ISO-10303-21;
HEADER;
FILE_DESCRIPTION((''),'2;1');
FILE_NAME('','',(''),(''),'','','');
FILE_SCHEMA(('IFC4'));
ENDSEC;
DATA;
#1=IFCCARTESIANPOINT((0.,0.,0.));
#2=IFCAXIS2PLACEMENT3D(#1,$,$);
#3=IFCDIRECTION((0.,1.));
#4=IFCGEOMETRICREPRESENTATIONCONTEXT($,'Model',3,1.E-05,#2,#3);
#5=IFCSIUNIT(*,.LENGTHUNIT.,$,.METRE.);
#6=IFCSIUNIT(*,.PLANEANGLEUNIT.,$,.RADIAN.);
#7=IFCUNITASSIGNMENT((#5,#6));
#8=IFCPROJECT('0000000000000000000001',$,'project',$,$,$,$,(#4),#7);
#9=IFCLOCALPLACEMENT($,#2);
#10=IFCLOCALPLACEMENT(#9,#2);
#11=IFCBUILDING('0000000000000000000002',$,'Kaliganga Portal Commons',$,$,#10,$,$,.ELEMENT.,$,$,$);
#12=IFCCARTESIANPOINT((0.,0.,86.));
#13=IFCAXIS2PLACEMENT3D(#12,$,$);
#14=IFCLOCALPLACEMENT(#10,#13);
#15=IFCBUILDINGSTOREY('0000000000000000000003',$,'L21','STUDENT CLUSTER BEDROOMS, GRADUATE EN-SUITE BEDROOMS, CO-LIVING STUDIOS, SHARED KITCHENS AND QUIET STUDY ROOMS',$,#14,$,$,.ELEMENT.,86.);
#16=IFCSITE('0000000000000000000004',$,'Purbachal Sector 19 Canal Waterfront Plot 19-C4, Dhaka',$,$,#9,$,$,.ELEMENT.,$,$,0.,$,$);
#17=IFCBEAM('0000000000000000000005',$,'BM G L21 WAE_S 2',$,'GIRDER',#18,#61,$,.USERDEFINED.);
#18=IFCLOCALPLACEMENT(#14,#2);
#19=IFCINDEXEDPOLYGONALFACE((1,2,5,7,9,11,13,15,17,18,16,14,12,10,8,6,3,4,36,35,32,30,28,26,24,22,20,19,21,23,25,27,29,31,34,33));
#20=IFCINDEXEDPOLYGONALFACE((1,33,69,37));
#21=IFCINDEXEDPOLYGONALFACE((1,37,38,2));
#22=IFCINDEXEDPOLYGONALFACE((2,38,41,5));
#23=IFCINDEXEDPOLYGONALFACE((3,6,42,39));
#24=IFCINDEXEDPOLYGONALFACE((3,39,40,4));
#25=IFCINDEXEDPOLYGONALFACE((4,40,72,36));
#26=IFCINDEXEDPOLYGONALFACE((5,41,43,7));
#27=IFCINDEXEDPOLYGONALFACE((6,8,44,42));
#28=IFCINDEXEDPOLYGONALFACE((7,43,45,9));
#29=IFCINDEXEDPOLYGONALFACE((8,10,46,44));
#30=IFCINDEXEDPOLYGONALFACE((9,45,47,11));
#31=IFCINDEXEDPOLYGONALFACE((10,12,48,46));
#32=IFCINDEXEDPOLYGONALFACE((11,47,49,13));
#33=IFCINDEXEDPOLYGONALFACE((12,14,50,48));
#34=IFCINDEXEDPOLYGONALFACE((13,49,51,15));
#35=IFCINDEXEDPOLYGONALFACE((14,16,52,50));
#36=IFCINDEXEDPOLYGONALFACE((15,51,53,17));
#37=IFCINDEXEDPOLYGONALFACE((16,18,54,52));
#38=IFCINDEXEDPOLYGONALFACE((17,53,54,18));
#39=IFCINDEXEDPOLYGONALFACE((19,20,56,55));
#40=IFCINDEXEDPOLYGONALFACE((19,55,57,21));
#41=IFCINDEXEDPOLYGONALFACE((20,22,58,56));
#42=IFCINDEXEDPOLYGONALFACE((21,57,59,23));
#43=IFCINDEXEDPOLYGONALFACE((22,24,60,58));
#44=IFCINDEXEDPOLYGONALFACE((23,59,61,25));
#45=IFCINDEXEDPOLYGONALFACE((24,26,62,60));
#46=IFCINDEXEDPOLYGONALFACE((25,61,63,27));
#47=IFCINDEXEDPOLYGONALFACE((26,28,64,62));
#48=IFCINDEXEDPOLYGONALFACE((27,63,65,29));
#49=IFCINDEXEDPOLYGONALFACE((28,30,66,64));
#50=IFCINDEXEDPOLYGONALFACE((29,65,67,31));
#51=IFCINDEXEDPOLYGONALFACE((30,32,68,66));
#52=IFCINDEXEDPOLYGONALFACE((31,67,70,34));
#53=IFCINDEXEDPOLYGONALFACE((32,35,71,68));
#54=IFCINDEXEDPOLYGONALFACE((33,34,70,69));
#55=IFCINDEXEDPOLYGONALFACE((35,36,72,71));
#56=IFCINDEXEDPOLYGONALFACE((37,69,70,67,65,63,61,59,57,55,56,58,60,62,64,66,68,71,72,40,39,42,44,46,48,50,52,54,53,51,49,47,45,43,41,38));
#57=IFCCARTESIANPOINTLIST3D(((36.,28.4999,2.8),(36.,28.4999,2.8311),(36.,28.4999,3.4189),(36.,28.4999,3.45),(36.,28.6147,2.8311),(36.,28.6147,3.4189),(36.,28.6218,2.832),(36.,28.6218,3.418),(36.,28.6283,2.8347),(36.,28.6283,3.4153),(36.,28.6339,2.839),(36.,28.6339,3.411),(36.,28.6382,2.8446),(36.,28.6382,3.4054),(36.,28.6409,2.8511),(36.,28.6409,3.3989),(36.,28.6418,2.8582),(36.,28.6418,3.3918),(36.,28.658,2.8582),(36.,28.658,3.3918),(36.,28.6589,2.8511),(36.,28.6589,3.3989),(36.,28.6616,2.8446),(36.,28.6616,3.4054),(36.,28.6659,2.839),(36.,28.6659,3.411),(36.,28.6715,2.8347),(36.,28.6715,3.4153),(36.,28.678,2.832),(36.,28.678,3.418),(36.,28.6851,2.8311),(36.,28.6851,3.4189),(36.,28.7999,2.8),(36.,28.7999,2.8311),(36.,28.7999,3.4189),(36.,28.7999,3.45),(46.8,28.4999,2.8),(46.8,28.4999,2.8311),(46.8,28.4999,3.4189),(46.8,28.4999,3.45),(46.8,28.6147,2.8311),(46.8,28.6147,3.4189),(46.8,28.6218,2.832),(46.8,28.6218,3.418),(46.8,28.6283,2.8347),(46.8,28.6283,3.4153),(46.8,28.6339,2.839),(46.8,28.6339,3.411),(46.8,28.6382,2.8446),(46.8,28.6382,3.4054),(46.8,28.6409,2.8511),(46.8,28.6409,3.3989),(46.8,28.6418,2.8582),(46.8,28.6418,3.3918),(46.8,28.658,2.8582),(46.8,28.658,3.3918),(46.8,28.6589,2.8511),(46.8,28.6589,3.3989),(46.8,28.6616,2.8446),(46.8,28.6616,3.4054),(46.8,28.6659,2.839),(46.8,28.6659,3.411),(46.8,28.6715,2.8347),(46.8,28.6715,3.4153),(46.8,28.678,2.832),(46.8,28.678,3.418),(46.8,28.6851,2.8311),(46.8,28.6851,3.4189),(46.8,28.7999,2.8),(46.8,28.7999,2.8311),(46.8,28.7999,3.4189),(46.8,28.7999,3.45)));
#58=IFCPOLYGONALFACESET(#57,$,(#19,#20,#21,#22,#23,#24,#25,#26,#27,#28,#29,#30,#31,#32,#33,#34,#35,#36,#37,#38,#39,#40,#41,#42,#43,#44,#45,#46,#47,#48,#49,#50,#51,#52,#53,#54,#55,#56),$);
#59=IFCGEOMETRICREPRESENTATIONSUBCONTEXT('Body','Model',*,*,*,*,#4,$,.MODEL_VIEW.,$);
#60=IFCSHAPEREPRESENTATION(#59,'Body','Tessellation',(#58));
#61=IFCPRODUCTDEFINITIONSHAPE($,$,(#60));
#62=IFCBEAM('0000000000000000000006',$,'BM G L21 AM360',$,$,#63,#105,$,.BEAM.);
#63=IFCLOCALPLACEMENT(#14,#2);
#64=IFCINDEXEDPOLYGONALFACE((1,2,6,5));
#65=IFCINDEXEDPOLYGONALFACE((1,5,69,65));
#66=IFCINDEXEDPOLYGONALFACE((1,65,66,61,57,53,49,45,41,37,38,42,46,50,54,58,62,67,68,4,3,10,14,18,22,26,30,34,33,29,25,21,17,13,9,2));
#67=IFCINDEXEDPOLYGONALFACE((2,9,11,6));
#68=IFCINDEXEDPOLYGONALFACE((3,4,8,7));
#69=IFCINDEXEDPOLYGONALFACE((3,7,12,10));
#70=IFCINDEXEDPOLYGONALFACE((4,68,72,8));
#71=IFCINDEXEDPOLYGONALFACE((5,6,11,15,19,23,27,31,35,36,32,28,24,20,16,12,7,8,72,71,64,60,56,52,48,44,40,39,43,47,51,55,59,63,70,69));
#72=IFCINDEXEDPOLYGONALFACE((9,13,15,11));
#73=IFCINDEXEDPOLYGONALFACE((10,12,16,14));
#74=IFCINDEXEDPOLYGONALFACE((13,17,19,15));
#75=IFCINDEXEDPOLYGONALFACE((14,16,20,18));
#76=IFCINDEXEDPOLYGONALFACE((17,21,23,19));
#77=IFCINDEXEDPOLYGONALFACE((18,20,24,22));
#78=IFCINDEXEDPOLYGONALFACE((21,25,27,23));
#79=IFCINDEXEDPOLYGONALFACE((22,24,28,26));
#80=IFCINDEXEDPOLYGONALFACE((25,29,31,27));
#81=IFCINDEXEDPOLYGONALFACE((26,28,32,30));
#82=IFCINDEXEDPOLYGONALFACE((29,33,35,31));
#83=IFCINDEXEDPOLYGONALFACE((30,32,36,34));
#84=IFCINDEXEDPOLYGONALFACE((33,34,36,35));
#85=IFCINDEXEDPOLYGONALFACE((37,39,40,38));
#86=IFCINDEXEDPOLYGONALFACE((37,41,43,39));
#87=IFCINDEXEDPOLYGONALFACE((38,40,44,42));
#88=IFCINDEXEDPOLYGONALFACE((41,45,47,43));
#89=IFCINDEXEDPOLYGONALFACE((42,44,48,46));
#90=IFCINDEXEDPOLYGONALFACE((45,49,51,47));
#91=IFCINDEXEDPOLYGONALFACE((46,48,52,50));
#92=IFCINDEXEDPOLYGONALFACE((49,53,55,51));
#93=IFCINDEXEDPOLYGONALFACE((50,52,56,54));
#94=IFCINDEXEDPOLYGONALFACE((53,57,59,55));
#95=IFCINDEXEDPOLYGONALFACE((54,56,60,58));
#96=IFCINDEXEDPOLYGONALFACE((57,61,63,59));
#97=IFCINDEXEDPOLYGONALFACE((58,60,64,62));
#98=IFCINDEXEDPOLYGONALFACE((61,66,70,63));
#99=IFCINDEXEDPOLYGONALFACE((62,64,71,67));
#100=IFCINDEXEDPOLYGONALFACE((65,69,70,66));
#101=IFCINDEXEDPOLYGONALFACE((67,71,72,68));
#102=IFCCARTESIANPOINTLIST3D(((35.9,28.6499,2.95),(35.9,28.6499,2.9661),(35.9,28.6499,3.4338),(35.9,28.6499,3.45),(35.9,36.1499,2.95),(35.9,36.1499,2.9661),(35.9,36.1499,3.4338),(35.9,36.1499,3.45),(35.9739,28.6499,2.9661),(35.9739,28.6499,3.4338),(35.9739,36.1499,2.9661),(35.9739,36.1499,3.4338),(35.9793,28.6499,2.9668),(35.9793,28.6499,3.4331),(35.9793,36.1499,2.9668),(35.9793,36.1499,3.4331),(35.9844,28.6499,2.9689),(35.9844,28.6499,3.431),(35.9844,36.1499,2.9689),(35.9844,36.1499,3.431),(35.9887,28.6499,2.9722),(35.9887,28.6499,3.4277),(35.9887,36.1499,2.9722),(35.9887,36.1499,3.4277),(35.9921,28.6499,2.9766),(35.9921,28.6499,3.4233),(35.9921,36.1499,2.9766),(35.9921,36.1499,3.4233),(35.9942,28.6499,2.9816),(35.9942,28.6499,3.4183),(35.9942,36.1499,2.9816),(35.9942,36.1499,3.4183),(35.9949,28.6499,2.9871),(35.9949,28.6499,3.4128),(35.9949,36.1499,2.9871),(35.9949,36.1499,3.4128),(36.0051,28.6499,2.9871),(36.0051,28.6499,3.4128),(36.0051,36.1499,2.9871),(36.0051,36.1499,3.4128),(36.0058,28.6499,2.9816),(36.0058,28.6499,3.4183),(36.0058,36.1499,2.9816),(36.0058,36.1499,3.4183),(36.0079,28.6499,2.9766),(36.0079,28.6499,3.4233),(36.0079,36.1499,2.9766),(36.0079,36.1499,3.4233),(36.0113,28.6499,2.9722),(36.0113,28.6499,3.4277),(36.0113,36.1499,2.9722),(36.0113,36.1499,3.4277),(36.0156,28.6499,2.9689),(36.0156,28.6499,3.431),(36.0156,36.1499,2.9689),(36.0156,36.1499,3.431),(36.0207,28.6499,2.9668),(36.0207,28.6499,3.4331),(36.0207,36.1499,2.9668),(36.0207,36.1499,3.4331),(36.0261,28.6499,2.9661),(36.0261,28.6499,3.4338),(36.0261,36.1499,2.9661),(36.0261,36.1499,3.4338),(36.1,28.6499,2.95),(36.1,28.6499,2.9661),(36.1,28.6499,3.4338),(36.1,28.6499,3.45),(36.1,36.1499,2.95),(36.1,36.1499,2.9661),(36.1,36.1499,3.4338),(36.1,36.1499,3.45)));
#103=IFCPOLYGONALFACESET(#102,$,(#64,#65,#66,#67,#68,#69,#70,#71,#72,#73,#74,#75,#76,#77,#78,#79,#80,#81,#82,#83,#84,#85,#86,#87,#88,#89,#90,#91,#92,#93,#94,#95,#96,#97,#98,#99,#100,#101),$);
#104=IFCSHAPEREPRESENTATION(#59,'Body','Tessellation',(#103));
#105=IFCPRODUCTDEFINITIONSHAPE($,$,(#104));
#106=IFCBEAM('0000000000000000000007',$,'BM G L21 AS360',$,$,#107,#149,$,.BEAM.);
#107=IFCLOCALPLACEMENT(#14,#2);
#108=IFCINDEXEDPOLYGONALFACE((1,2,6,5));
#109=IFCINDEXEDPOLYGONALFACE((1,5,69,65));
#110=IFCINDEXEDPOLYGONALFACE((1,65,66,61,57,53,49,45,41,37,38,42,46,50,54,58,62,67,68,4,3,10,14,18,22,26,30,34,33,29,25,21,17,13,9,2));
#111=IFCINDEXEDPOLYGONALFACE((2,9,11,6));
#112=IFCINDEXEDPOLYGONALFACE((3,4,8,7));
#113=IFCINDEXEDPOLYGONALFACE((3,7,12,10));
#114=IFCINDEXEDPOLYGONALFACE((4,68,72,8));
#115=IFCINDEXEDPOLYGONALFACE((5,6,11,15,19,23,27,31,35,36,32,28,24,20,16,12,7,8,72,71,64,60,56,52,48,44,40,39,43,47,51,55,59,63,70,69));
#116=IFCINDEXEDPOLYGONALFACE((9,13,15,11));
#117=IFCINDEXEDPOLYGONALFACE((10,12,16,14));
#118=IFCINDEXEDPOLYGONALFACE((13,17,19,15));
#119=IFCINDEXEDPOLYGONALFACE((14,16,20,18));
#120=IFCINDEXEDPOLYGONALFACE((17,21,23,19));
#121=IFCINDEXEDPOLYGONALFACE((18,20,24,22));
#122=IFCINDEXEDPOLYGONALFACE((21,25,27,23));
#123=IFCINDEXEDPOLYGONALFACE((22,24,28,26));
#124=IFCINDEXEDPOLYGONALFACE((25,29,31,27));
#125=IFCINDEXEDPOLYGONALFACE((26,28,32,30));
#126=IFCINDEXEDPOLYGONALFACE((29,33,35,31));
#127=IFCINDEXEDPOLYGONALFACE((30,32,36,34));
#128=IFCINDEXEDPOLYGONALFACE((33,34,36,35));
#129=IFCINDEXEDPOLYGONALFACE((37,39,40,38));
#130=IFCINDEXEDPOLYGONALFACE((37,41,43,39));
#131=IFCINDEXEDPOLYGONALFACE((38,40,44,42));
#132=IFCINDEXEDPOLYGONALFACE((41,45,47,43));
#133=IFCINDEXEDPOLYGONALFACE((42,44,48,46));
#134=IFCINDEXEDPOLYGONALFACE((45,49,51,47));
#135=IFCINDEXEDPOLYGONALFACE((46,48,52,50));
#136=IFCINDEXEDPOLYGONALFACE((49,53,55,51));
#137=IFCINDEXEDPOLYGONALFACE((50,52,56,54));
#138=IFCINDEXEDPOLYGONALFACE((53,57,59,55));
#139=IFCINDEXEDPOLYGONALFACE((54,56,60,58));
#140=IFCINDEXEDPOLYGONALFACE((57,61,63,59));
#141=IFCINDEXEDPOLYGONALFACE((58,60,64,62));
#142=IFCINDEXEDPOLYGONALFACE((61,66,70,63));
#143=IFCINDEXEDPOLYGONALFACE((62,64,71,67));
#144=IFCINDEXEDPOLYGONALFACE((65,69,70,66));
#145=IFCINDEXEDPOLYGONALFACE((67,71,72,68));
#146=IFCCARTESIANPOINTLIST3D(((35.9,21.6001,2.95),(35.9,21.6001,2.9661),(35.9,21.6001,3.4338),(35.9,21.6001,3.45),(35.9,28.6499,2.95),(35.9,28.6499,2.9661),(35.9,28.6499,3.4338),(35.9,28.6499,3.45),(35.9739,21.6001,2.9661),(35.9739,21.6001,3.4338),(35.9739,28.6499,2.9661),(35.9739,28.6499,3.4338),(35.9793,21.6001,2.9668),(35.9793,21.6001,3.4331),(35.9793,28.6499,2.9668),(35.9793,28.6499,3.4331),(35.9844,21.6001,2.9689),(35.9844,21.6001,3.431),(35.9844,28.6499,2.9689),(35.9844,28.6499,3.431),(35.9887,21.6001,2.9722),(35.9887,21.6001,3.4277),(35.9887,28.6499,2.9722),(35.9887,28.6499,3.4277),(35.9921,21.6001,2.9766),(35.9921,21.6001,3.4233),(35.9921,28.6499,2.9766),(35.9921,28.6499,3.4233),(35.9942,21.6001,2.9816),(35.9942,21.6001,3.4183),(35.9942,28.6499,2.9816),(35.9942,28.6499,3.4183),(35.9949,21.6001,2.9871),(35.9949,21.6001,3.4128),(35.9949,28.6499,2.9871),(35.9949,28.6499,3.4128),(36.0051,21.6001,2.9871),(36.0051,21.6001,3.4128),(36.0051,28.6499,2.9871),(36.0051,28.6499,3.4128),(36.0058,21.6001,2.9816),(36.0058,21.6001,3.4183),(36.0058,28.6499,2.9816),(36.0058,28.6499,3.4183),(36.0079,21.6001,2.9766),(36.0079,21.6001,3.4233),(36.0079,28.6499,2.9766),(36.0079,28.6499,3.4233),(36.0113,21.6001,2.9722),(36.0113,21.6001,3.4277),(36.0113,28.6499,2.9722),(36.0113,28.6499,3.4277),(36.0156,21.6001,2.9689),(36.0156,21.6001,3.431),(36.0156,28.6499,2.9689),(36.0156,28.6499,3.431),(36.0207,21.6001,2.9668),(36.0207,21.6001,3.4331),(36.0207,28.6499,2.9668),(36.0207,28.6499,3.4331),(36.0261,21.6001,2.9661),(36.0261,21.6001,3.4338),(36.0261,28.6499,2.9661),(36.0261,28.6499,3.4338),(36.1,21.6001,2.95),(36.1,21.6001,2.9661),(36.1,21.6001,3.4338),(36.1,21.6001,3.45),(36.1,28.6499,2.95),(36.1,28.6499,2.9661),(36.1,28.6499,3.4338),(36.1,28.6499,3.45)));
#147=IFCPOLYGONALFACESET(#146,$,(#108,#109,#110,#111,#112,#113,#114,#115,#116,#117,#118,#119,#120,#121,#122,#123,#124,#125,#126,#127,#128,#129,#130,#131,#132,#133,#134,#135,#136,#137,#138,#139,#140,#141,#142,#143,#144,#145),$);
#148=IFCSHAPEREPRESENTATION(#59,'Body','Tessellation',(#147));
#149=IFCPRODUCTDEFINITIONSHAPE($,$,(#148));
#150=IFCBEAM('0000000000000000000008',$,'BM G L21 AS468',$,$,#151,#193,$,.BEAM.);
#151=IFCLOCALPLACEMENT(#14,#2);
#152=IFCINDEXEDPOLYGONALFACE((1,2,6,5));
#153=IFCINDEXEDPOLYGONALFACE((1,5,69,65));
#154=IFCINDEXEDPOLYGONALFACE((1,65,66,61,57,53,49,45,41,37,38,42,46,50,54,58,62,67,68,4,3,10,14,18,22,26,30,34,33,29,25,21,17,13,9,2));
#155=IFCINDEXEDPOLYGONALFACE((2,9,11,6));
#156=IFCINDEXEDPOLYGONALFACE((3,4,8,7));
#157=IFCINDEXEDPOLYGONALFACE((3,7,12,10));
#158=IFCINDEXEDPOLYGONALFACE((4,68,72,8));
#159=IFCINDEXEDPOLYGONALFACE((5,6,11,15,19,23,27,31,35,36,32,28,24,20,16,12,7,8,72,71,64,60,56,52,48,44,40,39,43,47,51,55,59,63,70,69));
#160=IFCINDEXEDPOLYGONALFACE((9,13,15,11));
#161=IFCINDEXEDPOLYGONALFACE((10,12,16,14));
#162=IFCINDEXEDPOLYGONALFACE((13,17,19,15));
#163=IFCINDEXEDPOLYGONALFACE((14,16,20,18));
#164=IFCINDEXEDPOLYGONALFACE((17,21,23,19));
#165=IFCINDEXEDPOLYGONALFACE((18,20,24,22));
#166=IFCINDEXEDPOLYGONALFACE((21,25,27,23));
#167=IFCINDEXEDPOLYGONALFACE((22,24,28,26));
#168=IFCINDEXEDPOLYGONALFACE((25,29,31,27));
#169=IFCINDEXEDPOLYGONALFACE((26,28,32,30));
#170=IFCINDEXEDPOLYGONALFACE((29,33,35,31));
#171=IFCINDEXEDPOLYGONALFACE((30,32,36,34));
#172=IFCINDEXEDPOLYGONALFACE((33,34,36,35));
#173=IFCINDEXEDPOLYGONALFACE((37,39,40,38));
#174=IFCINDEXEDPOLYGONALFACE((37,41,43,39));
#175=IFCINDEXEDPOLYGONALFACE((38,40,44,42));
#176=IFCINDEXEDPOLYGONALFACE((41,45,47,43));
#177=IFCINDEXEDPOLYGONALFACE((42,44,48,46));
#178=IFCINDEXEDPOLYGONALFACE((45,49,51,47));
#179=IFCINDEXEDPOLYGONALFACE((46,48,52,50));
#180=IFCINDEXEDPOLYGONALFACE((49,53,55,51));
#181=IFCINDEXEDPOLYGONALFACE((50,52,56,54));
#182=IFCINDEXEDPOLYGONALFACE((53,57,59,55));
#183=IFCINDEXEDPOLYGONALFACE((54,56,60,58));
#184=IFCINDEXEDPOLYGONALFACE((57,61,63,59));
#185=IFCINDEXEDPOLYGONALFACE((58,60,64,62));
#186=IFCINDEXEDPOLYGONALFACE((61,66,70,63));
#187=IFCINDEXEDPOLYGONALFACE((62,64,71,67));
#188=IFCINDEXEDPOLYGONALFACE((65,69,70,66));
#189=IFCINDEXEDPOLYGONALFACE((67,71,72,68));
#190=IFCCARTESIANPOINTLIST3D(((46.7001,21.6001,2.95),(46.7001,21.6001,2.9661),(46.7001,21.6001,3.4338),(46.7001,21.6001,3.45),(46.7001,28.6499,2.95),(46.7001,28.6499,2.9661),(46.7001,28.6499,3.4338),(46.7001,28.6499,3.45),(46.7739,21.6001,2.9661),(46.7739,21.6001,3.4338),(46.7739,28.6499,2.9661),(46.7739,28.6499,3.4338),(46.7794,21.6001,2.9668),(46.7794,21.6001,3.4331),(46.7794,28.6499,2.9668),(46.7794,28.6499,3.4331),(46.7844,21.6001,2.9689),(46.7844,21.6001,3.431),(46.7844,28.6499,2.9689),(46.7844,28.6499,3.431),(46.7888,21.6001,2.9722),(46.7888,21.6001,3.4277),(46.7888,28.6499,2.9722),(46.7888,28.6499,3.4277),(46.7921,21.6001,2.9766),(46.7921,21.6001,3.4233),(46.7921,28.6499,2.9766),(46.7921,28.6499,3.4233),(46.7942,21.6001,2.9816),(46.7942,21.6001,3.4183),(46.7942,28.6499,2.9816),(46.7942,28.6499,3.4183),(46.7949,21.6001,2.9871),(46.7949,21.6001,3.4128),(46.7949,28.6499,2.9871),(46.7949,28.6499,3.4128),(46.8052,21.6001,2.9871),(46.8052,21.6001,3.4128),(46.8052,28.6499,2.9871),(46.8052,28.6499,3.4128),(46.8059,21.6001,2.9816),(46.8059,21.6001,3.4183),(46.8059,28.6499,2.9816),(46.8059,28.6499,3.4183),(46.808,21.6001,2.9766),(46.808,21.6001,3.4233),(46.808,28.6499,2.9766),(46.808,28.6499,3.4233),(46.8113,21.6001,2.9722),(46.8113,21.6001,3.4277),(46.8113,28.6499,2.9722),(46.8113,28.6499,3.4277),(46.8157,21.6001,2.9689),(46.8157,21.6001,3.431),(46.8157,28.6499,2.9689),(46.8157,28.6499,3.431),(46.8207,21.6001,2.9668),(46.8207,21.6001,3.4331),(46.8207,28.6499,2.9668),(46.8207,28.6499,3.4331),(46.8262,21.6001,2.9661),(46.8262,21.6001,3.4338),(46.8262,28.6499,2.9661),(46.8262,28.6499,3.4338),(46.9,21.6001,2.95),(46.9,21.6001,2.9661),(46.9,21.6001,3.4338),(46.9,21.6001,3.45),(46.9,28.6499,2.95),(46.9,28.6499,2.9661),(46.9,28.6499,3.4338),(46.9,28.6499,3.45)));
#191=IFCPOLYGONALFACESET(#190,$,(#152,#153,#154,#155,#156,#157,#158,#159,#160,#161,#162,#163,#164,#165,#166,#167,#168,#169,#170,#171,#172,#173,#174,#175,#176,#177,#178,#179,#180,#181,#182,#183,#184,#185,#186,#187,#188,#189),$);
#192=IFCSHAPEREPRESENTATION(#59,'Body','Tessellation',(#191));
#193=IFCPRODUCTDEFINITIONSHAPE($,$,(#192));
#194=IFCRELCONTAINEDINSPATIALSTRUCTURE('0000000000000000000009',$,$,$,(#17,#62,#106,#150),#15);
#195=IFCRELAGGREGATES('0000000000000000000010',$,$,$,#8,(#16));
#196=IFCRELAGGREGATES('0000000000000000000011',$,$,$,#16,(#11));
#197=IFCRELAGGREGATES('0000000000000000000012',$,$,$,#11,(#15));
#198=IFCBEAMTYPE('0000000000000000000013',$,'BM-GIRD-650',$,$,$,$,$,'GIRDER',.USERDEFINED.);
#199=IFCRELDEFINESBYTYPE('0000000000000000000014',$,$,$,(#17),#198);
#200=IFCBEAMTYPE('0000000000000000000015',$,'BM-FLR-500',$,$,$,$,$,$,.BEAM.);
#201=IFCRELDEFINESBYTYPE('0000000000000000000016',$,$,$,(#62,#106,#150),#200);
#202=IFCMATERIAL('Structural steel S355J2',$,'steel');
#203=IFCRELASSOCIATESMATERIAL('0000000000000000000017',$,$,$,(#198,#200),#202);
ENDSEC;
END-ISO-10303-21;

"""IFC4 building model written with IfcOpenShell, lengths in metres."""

from ifc_helpers import new_model, si_unit, direction, frame, origin, origin_2d, place, context, subcontext, project, spatial, i_section, extrude, source, transform, mapped, material, material_profile, profile_set, type_object, element, save


model = new_model("IFC4")

# Units and contexts
model_context = context("Model", 3, precision=1e-05, world=origin(), true_north=direction((0.0, 1.0)))
body_context = subcontext(model_context, "Body", "Model", "MODEL_VIEW")
ifc_project = project(units=[si_unit("LENGTHUNIT", "METRE"), si_unit("PLANEANGLEUNIT", "RADIAN")], contexts=[model_context])

# Site, building, storey
site_placement = place(None, origin())
site = spatial("IfcSite", under=ifc_project, at=site_placement, Name="Purbachal Sector 19 Canal Waterfront Plot 19-C4, Dhaka", CompositionType="ELEMENT", RefElevation=0.0)
building_placement = place(site_placement, origin())
building = spatial("IfcBuilding", under=site, at=building_placement, Name="Kaliganga Portal Commons", CompositionType="ELEMENT")
storey_placement = place(building_placement, frame((0.0, 0.0, 86.0)))
storey = spatial("IfcBuildingStorey", under=building, at=storey_placement, Name="L21", Description="STUDENT CLUSTER BEDROOMS, GRADUATE EN-SUITE BEDROOMS, CO-LIVING STUDIOS, SHARED KITCHENS AND QUIET STUDY ROOMS", CompositionType="ELEMENT", Elevation=86.0)

# Beams
ifc_material_1 = material(Name="Structural steel S355J2", Category="steel")
ifc_material_profile_1 = material_profile(ifc_material_1, i_section(OverallWidth=0.3, OverallDepth=0.6499, WebThickness=0.0161, FlangeThickness=0.031, FilletRadius=0.0271, at=origin_2d()), Name="HE 650 B")
ifc_profile_set_1 = profile_set([ifc_material_profile_1], Name="Structural steel S355J2 wide-flange")
beam_type_1 = type_object("IfcBeamType", Name="BM-GIRD-650", ElementType="GIRDER", PredefinedType="USERDEFINED", material=ifc_profile_set_1)
shared_shape_1 = source(origin(), body_context, "Body", "SweptSolid", [
    extrude(i_section(OverallWidth=0.3, OverallDepth=0.6499, WebThickness=0.0161, FlangeThickness=0.031, FilletRadius=0.0271, at=origin_2d()), origin(), (0.0, 0.0, 1.0), 10.8),
])
beam_1_placement = place(storey_placement, frame((36.0, 28.6499, 3.125), z_axis=(1.0, 0.0, 0.0), x_axis=(0.0, 1.0, 0.0)))
element("IfcBeam", 1, at=beam_1_placement, inside=storey, type_object=beam_type_1, Name="BM G L21 WAE_S 2", ObjectType="GIRDER", PredefinedType="USERDEFINED", context=body_context, shape_type="MappedRepresentation", body=[
    mapped(shared_shape_1, transform((0.0, 0.0, 0.0), x_axis=(1.0, 0.0, 0.0), y_axis=(0.0, 1.0, 0.0), z_axis=(0.0, 0.0, 1.0), scale=1.0)),
])
ifc_material_profile_2 = material_profile(ifc_material_1, i_section(OverallWidth=0.2, OverallDepth=0.5, WebThickness=0.0103, FlangeThickness=0.0161, FilletRadius=0.021, at=origin_2d()), Name="IPE 500")
ifc_profile_set_2 = profile_set([ifc_material_profile_2], Name="Structural steel S355J2 wide-flange")
beam_type_2 = type_object("IfcBeamType", Name="BM-FLR-500", PredefinedType="BEAM", material=ifc_profile_set_2)
shared_shape_2 = source(origin(), body_context, "Body", "SweptSolid", [
    extrude(i_section(OverallWidth=0.2, OverallDepth=0.5, WebThickness=0.0103, FlangeThickness=0.0161, FilletRadius=0.021, at=origin_2d()), origin(), (0.0, 0.0, 1.0), 7.5),
])
beam_2_placement = place(storey_placement, frame((36.0, 28.6499, 3.2), z_axis=(0.0, 1.0, 0.0), x_axis=(-1.0, 0.0, 0.0)))
element("IfcBeam", 2, at=beam_2_placement, inside=storey, type_object=beam_type_2, Name="BM G L21 AM360", PredefinedType="BEAM", context=body_context, shape_type="MappedRepresentation", body=[
    mapped(shared_shape_2, transform((0.0, 0.0, 0.0), x_axis=(1.0, 0.0, 0.0), y_axis=(0.0, 1.0, 0.0), z_axis=(0.0, 0.0, 1.0), scale=1.0)),
])
shared_shape_3 = source(origin(), body_context, "Body", "SweptSolid", [
    extrude(i_section(OverallWidth=0.2, OverallDepth=0.5, WebThickness=0.0103, FlangeThickness=0.0161, FilletRadius=0.021, at=origin_2d()), origin(), (0.0, 0.0, 1.0), 7.0498),
])
for number, where, z_axis, x_axis, name in (
    (3, (36.0, 21.6001, 3.2), (0.0, 1.0, 0.0), (-1.0, 0.0, 0.0), "BM G L21 AS360"),
    (4, (46.8, 21.6001, 3.2), (0.0, 1.0, 0.0), (-1.0, 0.0, 0.0), "BM G L21 AS468"),
):
    element("IfcBeam", number, at=place(storey_placement, frame(where, z_axis=z_axis, x_axis=x_axis)), inside=storey, type_object=beam_type_2, Name=name, PredefinedType="BEAM", context=body_context, shape_type="MappedRepresentation", body=[
        mapped(shared_shape_3, transform((0.0, 0.0, 0.0), x_axis=(1.0, 0.0, 0.0), y_axis=(0.0, 1.0, 0.0), z_axis=(0.0, 0.0, 1.0), scale=1.0)),
    ])

save(model, "model.ifc")
